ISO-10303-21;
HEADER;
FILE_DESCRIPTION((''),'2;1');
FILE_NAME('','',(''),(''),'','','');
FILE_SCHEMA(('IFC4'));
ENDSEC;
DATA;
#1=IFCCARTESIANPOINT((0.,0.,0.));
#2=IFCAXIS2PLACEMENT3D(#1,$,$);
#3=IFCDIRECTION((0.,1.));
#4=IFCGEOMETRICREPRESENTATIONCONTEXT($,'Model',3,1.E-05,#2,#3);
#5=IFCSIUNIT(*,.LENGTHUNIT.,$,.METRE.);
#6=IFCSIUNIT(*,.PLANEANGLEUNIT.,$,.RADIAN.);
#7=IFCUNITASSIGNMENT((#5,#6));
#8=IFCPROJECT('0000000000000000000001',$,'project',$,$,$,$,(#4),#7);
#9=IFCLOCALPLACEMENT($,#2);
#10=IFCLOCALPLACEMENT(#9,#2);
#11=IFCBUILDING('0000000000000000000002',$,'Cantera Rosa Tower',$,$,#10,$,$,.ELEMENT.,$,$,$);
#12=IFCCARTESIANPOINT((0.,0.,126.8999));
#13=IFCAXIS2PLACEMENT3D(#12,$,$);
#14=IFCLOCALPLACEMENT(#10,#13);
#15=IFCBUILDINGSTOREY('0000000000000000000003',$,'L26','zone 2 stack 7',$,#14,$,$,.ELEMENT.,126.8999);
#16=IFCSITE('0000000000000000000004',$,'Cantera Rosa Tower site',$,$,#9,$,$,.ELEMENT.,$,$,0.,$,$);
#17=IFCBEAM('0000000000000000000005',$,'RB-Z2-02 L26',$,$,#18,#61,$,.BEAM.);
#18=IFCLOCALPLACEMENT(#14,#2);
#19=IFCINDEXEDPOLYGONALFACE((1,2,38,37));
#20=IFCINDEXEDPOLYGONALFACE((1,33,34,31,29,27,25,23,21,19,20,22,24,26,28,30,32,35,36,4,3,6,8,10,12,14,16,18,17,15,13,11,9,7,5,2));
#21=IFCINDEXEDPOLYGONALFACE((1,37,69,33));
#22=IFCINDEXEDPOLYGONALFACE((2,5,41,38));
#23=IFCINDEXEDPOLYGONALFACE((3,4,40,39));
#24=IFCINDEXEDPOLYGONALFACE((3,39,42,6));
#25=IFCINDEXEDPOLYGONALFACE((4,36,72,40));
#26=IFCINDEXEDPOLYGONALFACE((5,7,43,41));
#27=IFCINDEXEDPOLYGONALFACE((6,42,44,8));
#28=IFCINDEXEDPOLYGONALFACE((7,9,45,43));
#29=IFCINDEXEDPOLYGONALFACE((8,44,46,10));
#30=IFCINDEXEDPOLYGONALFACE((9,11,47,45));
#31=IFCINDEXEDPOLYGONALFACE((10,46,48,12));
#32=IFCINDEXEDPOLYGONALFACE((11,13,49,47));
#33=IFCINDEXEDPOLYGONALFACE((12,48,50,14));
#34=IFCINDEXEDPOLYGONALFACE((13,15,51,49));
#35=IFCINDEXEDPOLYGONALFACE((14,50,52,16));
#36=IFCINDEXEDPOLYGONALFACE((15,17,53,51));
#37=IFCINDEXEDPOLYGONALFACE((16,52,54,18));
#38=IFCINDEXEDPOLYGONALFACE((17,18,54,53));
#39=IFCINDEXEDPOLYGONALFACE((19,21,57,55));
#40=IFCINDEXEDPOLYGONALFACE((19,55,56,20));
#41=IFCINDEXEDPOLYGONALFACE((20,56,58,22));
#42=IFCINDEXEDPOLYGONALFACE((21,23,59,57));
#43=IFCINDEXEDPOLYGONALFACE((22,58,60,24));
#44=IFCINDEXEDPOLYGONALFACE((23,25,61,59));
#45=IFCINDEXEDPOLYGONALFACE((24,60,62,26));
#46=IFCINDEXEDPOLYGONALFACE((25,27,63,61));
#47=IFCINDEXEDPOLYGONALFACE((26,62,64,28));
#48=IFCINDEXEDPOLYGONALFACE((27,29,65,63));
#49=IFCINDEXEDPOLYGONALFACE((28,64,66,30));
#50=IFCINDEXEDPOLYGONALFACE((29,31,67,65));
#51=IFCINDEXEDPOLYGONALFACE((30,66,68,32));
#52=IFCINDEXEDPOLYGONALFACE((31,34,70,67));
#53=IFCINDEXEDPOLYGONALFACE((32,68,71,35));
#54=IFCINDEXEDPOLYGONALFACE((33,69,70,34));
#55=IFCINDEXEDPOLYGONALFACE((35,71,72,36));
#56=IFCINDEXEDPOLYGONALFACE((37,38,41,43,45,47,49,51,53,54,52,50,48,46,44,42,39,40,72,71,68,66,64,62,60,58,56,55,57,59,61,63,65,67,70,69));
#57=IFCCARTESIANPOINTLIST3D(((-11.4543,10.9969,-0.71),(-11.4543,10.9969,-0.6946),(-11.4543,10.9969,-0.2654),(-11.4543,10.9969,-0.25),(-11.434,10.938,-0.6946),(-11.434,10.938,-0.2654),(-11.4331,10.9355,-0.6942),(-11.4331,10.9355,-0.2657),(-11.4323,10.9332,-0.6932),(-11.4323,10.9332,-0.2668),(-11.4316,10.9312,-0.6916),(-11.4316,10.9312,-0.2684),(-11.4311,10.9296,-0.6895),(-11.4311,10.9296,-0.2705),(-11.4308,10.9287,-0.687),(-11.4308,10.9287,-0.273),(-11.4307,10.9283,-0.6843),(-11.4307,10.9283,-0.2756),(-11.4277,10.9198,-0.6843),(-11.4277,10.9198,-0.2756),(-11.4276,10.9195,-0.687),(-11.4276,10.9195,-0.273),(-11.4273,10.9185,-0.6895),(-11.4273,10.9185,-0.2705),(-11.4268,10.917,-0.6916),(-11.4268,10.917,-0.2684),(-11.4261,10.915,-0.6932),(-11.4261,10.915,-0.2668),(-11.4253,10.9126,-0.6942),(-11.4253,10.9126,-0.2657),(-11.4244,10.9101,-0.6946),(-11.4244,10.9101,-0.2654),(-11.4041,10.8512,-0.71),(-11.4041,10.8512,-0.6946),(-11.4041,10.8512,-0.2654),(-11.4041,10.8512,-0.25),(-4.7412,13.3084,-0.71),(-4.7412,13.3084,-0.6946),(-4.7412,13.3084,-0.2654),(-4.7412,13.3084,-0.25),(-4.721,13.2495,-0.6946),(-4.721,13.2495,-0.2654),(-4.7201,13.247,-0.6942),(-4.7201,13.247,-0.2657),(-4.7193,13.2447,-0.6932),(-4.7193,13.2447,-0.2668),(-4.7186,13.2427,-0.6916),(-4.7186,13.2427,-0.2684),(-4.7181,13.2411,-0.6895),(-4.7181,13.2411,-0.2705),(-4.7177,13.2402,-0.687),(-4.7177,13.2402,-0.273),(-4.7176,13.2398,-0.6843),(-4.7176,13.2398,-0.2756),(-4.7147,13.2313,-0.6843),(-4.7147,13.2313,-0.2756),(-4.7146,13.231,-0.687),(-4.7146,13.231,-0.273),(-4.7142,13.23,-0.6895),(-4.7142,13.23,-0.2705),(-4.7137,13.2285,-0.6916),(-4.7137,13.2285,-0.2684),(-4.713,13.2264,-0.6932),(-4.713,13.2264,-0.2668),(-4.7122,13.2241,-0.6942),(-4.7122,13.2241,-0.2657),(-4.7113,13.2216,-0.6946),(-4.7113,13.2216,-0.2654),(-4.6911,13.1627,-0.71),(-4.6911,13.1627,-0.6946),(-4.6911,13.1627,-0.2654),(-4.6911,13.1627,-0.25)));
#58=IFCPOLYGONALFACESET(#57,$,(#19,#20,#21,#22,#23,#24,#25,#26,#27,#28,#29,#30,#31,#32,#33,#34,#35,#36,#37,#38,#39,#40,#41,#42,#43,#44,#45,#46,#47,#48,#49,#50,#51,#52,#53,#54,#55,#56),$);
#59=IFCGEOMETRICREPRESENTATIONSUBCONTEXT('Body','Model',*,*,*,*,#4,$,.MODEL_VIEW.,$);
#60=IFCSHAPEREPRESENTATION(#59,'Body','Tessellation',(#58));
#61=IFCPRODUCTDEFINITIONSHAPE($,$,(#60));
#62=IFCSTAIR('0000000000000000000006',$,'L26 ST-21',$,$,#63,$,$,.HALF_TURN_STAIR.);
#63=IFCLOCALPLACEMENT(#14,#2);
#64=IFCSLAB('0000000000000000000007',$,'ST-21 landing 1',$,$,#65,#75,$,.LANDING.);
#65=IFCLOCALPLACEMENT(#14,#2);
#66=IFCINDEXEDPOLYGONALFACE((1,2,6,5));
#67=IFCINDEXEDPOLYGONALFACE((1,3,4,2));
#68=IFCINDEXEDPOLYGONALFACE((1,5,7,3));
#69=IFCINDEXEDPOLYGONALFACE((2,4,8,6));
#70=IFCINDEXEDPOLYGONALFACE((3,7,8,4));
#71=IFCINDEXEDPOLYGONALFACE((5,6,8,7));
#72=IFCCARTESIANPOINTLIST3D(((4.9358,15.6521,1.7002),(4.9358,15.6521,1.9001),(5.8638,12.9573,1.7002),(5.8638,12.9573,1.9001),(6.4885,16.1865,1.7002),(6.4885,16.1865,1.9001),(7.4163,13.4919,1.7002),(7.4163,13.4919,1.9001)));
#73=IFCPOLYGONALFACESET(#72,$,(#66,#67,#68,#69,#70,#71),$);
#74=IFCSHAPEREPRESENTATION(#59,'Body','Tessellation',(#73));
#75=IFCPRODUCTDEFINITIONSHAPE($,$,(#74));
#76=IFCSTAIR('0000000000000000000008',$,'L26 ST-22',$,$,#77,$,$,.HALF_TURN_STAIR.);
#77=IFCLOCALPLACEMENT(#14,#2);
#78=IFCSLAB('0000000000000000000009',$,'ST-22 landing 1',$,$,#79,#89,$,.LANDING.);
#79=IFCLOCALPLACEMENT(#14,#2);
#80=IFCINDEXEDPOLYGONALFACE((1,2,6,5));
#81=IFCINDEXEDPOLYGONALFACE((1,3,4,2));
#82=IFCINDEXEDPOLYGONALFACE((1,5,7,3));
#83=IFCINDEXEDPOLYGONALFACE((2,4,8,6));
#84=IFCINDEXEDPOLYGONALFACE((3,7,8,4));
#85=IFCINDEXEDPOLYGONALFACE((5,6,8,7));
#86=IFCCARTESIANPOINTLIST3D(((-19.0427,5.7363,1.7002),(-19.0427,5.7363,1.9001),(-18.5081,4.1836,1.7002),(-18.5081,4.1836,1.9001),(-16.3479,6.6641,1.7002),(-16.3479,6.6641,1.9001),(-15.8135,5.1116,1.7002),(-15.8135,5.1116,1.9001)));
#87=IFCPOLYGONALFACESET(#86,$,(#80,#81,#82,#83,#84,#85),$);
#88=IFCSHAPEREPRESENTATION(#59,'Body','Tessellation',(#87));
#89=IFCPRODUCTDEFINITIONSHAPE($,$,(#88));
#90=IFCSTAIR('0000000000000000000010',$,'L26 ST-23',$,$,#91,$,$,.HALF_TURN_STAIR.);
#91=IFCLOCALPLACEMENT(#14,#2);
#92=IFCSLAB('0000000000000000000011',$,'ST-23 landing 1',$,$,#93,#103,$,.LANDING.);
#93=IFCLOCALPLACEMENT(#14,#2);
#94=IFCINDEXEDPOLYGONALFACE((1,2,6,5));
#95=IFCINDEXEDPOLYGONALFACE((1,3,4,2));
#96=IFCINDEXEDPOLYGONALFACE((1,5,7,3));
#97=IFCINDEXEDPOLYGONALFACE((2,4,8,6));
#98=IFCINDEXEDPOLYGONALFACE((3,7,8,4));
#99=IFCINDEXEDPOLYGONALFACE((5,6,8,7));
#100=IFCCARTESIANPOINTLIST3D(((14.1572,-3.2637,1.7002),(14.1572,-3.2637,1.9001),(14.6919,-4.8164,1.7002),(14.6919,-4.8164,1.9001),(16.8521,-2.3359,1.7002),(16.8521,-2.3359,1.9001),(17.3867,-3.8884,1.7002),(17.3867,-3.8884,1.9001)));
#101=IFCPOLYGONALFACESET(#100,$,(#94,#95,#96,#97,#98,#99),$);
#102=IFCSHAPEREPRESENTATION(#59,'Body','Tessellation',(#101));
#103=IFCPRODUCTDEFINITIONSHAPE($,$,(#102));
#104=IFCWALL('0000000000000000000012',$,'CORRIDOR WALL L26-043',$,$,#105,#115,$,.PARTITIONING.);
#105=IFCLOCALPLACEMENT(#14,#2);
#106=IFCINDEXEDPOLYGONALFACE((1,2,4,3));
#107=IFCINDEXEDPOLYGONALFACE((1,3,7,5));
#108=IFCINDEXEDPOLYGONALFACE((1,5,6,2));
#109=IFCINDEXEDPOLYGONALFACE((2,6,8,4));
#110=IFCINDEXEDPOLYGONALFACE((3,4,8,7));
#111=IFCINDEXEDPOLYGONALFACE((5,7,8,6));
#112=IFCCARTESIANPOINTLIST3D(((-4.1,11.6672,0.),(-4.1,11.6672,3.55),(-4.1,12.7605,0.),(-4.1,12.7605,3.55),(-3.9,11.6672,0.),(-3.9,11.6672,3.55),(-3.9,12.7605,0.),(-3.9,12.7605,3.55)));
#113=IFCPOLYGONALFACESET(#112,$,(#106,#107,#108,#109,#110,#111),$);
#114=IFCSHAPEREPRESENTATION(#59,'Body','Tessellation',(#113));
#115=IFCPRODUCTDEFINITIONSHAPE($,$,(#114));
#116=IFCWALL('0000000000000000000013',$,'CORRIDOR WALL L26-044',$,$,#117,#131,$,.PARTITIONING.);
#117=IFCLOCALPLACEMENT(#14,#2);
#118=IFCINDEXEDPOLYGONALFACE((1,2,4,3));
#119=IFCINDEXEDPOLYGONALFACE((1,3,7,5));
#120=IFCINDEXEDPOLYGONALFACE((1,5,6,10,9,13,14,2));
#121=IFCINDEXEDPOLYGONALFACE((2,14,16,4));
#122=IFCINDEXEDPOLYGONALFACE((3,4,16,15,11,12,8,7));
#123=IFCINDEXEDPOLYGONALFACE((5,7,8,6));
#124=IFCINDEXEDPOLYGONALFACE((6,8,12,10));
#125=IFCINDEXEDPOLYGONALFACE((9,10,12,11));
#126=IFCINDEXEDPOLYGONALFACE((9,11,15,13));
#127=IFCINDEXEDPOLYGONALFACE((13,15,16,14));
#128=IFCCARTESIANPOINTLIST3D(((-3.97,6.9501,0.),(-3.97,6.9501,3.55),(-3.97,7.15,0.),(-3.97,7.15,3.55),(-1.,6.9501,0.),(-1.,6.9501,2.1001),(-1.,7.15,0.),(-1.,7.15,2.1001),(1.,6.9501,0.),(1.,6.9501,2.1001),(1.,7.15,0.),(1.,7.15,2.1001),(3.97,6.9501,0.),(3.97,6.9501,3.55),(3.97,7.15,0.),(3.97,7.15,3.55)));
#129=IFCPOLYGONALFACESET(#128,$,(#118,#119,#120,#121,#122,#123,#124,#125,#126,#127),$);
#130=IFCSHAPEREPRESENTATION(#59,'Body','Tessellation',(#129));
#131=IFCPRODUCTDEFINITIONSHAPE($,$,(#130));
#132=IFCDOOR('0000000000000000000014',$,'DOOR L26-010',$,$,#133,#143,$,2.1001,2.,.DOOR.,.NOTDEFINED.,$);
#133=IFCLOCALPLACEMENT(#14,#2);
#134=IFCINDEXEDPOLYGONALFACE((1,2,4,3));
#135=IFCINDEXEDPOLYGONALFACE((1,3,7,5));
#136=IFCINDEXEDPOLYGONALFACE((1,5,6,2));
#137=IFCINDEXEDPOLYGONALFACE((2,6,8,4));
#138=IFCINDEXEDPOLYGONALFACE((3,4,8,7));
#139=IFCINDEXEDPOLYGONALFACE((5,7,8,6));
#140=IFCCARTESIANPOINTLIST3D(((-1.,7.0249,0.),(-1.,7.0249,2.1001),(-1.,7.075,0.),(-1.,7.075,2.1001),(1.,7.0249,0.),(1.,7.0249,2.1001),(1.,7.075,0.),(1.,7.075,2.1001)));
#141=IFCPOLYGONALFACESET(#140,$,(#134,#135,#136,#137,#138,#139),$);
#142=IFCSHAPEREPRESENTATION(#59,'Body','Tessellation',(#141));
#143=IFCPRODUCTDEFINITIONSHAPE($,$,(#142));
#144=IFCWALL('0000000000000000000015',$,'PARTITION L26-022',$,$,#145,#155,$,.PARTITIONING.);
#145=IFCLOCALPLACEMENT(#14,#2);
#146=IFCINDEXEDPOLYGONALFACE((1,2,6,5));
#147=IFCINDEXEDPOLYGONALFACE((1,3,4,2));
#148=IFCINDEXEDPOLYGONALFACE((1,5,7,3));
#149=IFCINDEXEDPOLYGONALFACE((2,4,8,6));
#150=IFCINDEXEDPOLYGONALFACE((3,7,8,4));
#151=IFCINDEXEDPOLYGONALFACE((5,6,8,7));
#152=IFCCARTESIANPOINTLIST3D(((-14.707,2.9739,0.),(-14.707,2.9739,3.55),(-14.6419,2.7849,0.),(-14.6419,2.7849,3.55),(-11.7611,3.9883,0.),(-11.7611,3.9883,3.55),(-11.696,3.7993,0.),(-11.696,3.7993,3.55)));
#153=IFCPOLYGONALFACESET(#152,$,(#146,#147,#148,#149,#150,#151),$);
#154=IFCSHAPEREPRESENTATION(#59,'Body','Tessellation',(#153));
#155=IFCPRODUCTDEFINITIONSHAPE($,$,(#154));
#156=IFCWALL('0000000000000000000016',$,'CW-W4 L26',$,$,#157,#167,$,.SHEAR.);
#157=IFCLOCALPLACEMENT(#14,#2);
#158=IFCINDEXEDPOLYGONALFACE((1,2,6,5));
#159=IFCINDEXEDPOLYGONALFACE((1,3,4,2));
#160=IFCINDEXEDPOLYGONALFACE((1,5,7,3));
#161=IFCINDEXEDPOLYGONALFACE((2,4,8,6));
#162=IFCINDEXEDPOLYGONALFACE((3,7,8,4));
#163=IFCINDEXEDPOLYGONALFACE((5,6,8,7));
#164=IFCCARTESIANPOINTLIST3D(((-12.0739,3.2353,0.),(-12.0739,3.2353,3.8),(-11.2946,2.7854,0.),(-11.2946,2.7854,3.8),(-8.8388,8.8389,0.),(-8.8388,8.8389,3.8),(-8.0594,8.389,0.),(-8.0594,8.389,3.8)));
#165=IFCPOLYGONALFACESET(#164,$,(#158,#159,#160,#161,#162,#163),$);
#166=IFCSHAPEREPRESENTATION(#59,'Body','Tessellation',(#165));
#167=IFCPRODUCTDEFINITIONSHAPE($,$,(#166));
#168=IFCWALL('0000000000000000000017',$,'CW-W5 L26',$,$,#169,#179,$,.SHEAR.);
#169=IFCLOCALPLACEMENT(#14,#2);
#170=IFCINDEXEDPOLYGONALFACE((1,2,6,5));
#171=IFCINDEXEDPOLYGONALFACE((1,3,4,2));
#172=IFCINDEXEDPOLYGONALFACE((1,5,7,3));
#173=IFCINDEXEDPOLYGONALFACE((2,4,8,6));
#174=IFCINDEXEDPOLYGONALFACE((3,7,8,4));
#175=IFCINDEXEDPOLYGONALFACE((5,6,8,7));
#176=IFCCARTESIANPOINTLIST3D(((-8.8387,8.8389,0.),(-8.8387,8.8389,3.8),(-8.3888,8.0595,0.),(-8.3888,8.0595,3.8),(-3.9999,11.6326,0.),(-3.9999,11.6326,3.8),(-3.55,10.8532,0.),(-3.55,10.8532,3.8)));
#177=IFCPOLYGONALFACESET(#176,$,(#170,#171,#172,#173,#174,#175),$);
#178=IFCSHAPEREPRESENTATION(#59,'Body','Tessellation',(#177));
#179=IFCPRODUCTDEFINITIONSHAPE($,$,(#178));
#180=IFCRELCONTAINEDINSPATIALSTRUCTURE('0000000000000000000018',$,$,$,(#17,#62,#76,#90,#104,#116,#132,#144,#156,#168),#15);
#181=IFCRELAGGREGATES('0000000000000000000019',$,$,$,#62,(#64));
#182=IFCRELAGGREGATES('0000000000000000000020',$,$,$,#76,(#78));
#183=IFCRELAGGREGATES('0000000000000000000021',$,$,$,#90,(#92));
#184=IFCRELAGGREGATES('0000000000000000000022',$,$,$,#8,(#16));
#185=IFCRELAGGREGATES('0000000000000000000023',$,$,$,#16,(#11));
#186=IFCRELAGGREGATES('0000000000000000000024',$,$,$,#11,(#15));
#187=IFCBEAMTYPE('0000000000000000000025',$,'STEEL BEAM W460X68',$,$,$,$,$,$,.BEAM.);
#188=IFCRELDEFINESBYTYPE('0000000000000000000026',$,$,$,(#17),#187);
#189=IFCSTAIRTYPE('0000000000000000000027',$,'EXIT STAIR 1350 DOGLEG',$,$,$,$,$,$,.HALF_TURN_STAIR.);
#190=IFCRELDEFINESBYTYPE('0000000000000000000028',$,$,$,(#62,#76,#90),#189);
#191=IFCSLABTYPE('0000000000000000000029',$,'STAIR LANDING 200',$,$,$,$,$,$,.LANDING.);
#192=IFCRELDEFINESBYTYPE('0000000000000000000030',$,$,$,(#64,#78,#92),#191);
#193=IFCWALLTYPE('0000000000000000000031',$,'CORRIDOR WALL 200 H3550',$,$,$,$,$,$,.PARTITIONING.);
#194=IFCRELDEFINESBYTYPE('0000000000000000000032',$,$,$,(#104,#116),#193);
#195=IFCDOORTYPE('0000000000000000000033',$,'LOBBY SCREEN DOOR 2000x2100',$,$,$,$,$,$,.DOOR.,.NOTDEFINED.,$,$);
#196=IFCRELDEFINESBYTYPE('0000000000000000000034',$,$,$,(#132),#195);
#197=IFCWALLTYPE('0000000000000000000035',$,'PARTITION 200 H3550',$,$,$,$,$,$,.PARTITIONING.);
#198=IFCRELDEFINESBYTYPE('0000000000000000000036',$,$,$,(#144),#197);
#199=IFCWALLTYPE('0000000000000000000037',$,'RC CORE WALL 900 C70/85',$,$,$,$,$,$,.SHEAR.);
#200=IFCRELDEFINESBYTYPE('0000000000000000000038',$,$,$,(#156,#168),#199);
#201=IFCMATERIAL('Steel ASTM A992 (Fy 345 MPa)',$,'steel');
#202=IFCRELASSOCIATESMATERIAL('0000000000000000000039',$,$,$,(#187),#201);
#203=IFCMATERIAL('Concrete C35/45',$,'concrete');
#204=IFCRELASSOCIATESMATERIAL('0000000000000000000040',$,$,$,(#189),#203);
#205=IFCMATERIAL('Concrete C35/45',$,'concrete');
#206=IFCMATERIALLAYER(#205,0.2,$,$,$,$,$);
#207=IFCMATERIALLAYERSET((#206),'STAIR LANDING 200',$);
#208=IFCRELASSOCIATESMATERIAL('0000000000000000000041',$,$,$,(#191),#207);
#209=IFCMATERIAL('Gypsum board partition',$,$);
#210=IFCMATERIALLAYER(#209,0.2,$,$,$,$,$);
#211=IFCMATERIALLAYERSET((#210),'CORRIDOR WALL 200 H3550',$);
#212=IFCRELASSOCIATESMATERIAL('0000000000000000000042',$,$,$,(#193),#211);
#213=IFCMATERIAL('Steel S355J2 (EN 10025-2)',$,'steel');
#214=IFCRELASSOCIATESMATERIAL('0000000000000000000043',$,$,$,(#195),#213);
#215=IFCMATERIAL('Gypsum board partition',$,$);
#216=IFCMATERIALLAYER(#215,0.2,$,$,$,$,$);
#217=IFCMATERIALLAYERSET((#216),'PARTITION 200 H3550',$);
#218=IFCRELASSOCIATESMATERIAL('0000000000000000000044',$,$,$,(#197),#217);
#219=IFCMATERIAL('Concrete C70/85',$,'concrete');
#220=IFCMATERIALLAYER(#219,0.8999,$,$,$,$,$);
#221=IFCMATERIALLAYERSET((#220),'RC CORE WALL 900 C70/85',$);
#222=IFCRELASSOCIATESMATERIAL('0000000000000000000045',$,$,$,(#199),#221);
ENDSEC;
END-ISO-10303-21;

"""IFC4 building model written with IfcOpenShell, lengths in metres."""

from ifc_helpers import new_model, si_unit, direction, frame, frame_2d, origin, origin_2d, place, context, subcontext, project, spatial, polyline, rectangle, i_section, outline, extrude, material, layer, layer_set, material_profile, profile_set, type_object, element, fill, aggregate, save


model = new_model("IFC4")

# Units and contexts
model_context = context("Model", 3, precision=1e-05, world=origin(), true_north=direction((0.0, 1.0)))
body_context = subcontext(model_context, "Body", "Model", "MODEL_VIEW")
ifc_project = project(units=[si_unit("LENGTHUNIT", "METRE"), si_unit("PLANEANGLEUNIT", "RADIAN")], contexts=[model_context])

# Site, building, storey
site_placement = place(None, origin())
site = spatial("IfcSite", under=ifc_project, at=site_placement, Name="Cantera Rosa Tower site", CompositionType="ELEMENT", RefElevation=0.0)
building_placement = place(site_placement, origin())
building = spatial("IfcBuilding", under=site, at=building_placement, Name="Cantera Rosa Tower", CompositionType="ELEMENT")
storey_placement = place(building_placement, frame((0.0, 0.0, 126.8999)))
storey = spatial("IfcBuildingStorey", under=building, at=storey_placement, Name="L26", Description="zone 2 stack 7", CompositionType="ELEMENT", Elevation=126.8999)

# Beam
ifc_material_1 = material(Name="Steel ASTM A992 (Fy 345 MPa)", Category="steel")
ifc_material_profile = material_profile(ifc_material_1, i_section(OverallWidth=0.1541, OverallDepth=0.46, WebThickness=0.009, FlangeThickness=0.0154, FilletRadius=0.0103, at=origin_2d()), Name="W460X68")
ifc_profile_set = profile_set([ifc_material_profile], Name="Steel ASTM A992 (Fy 345 MPa)")
beam_type = type_object("IfcBeamType", Name="STEEL BEAM W460X68", PredefinedType="BEAM", material=ifc_profile_set)
beam_placement = place(storey_placement, frame((-11.4292, 10.9241, -0.48), z_axis=(0.945518, 0.325569, 0.0), x_axis=(-0.325569, 0.945518, 0.0)))
element("IfcBeam", 1, at=beam_placement, inside=storey, type_object=beam_type, Name="RB-Z2-02 L26", PredefinedType="BEAM", context=body_context, shape_type="SweptSolid", body=[
    extrude(i_section(OverallWidth=0.1541, OverallDepth=0.46, WebThickness=0.009, FlangeThickness=0.0154, FilletRadius=0.0103, at=origin_2d()), origin(), (0.0, 0.0, 1.0), 7.0999),
])

# Stairs, slabs
ifc_material_2 = material(Name="Concrete C35/45", Category="concrete")
stair_type = type_object("IfcStairType", Name="EXIT STAIR 1350 DOGLEG", PredefinedType="HALF_TURN_STAIR", material=ifc_material_2)
stair_1_placement = place(storey_placement, origin())
stair_1 = element("IfcStair", 2, at=stair_1_placement, inside=storey, type_object=stair_type, Name="L26 ST-21", PredefinedType="HALF_TURN_STAIR")
ifc_material_3 = material(Name="Concrete C35/45", Category="concrete")
ifc_layer_1 = layer(ifc_material_3, 0.2)
ifc_layer_set_1 = layer_set([ifc_layer_1], Name="STAIR LANDING 200")
slab_type = type_object("IfcSlabType", Name="STAIR LANDING 200", PredefinedType="LANDING", material=ifc_layer_set_1)
slab_1_placement = place(storey_placement, frame((0.0, 0.0, 1.7002)))
slab_1 = element("IfcSlab", 3, at=slab_1_placement, type_object=slab_type, Name="ST-21 landing 1", PredefinedType="LANDING", context=body_context, shape_type="SweptSolid", body=[
    extrude(outline(polyline([(6.4885, 16.1865), (4.9358, 15.6521), (5.8638, 12.9573), (7.4163, 13.4919), (6.4885, 16.1865)])), origin(), (0.0, 0.0, 1.0), 0.2),
])
aggregate(stair_1, [slab_1])
stair_2_placement = place(storey_placement, origin())
stair_2 = element("IfcStair", 4, at=stair_2_placement, inside=storey, type_object=stair_type, Name="L26 ST-22", PredefinedType="HALF_TURN_STAIR")
slab_2_placement = place(storey_placement, frame((0.0, 0.0, 1.7002)))
slab_2 = element("IfcSlab", 5, at=slab_2_placement, type_object=slab_type, Name="ST-22 landing 1", PredefinedType="LANDING", context=body_context, shape_type="SweptSolid", body=[
    extrude(outline(polyline([(-15.8135, 5.1116), (-16.3479, 6.6641), (-19.0427, 5.7363), (-18.5081, 4.1836), (-15.8135, 5.1116)])), origin(), (0.0, 0.0, 1.0), 0.2),
])
aggregate(stair_2, [slab_2])
stair_3_placement = place(storey_placement, origin())
stair_3 = element("IfcStair", 6, at=stair_3_placement, inside=storey, type_object=stair_type, Name="L26 ST-23", PredefinedType="HALF_TURN_STAIR")
slab_3_placement = place(storey_placement, frame((0.0, 0.0, 1.7002)))
slab_3 = element("IfcSlab", 7, at=slab_3_placement, type_object=slab_type, Name="ST-23 landing 1", PredefinedType="LANDING", context=body_context, shape_type="SweptSolid", body=[
    extrude(outline(polyline([(17.3867, -3.8884), (16.8521, -2.3359), (14.1572, -3.2637), (14.6919, -4.8164), (17.3867, -3.8884)])), origin(), (0.0, 0.0, 1.0), 0.2),
])
aggregate(stair_3, [slab_3])

# Wall
ifc_material_4 = material(Name="Gypsum board partition")
ifc_layer_2 = layer(ifc_material_4, 0.2)
ifc_layer_set_2 = layer_set([ifc_layer_2], Name="CORRIDOR WALL 200 H3550")
wall_type_1 = type_object("IfcWallType", Name="CORRIDOR WALL 200 H3550", PredefinedType="PARTITIONING", material=ifc_layer_set_2)
wall_1_placement = place(storey_placement, frame((-4.0, 12.7605, 0.0), z_axis=(0.0, 0.0, 1.0), x_axis=(0.0, -1.0, 0.0)))
element("IfcWall", 8, at=wall_1_placement, inside=storey, type_object=wall_type_1, Name="CORRIDOR WALL L26-043", PredefinedType="PARTITIONING", context=body_context, shape_type="SweptSolid", body=[
    extrude(rectangle(XDim=1.0933, YDim=0.2, at=frame_2d((0.5466, 0.0))), origin(), (0.0, 0.0, 1.0), 3.55),
])

# Wall, opening, door
wall_2_placement = place(storey_placement, frame((-3.97, 7.05, 0.0), z_axis=(0.0, 0.0, 1.0), x_axis=(1.0, 0.0, 0.0)))
wall_2 = element("IfcWall", 9, at=wall_2_placement, inside=storey, type_object=wall_type_1, Name="CORRIDOR WALL L26-044", PredefinedType="PARTITIONING", context=body_context, shape_type="SweptSolid", body=[
    extrude(rectangle(XDim=7.9399, YDim=0.2, at=frame_2d((3.97, 0.0))), origin(), (0.0, 0.0, 1.0), 3.55),
])
opening_1_placement = place(wall_2_placement, frame((2.97, 0.0, 0.0)))
opening_1 = element("IfcOpeningElement", 10, at=opening_1_placement, cuts=wall_2, PredefinedType="OPENING", context=body_context, shape_type="SweptSolid", body=[
    extrude(rectangle(XDim=2.0, YDim=2.1001, at=frame_2d((1.0, 1.05))), frame((0.0, 0.1099, 0.0), z_axis=(0.0, -1.0, 0.0), x_axis=(1.0, 0.0, 0.0)), (0.0, 0.0, 1.0), 0.22),
])
ifc_material_5 = material(Name="Steel S355J2 (EN 10025-2)", Category="steel")
door_type_1 = type_object("IfcDoorType", Name="LOBBY SCREEN DOOR 2000x2100", OperationType="NOTDEFINED", PredefinedType="DOOR", material=ifc_material_5)
door_1_placement = place(opening_1_placement, origin())
door_1 = element("IfcDoor", 11, at=door_1_placement, inside=storey, type_object=door_type_1, Name="DOOR L26-010", OperationType="NOTDEFINED", OverallHeight=2.1001, OverallWidth=2.0, PredefinedType="DOOR", context=body_context, shape_type="SweptSolid", body=[
    extrude(rectangle(XDim=2.0, YDim=2.1001, at=frame_2d((1.0, 1.05))), frame((0.0, 0.0249, 0.0), z_axis=(0.0, -1.0, 0.0), x_axis=(1.0, 0.0, 0.0)), (0.0, 0.0, 1.0), 0.05),
])
fill(opening_1, door_1)

# Walls
ifc_material_6 = material(Name="Gypsum board partition")
ifc_layer_3 = layer(ifc_material_6, 0.2)
ifc_layer_set_3 = layer_set([ifc_layer_3], Name="PARTITION 200 H3550")
wall_type_2 = type_object("IfcWallType", Name="PARTITION 200 H3550", PredefinedType="PARTITIONING", material=ifc_layer_set_3)
wall_3_placement = place(storey_placement, frame((-11.7285, 3.8938, 0.0), z_axis=(0.0, 0.0, 1.0), x_axis=(-0.945519, -0.325568, 0.0)))
element("IfcWall", 12, at=wall_3_placement, inside=storey, type_object=wall_type_2, Name="PARTITION L26-022", PredefinedType="PARTITIONING", context=body_context, shape_type="SweptSolid", body=[
    extrude(rectangle(XDim=3.1157, YDim=0.2, at=frame_2d((1.5579, 0.0))), origin(), (0.0, 0.0, 1.0), 3.55),
])
ifc_material_7 = material(Name="Concrete C70/85", Category="concrete")
ifc_layer_4 = layer(ifc_material_7, 0.8999)
ifc_layer_set_4 = layer_set([ifc_layer_4], Name="RC CORE WALL 900 C70/85")
wall_type_3 = type_object("IfcWallType", Name="RC CORE WALL 900 C70/85", PredefinedType="SHEAR", material=ifc_layer_set_4)
wall_4_placement = place(storey_placement, frame((-11.6843, 3.0103, 0.0), z_axis=(0.0, 0.0, 1.0), x_axis=(0.49999, 0.866031, 0.0)))
element("IfcWall", 13, at=wall_4_placement, inside=storey, type_object=wall_type_3, Name="CW-W4 L26", PredefinedType="SHEAR", context=body_context, shape_type="SweptSolid", body=[
    extrude(rectangle(XDim=6.4705, YDim=0.8999, at=frame_2d((3.2354, 0.0))), origin(), (0.0, 0.0, 1.0), 3.8),
])
wall_5_placement = place(storey_placement, frame((-8.6138, 8.4492, 0.0), z_axis=(0.0, 0.0, 1.0), x_axis=(0.866027, 0.499997, 0.0)))
element("IfcWall", 14, at=wall_5_placement, inside=storey, type_object=wall_type_3, Name="CW-W5 L26", PredefinedType="SHEAR", context=body_context, shape_type="SweptSolid", body=[
    extrude(rectangle(XDim=5.5874, YDim=0.8999, at=frame_2d((2.7937, 0.0))), origin(), (0.0, 0.0, 1.0), 3.8),
])

save(model, "model.ifc")
